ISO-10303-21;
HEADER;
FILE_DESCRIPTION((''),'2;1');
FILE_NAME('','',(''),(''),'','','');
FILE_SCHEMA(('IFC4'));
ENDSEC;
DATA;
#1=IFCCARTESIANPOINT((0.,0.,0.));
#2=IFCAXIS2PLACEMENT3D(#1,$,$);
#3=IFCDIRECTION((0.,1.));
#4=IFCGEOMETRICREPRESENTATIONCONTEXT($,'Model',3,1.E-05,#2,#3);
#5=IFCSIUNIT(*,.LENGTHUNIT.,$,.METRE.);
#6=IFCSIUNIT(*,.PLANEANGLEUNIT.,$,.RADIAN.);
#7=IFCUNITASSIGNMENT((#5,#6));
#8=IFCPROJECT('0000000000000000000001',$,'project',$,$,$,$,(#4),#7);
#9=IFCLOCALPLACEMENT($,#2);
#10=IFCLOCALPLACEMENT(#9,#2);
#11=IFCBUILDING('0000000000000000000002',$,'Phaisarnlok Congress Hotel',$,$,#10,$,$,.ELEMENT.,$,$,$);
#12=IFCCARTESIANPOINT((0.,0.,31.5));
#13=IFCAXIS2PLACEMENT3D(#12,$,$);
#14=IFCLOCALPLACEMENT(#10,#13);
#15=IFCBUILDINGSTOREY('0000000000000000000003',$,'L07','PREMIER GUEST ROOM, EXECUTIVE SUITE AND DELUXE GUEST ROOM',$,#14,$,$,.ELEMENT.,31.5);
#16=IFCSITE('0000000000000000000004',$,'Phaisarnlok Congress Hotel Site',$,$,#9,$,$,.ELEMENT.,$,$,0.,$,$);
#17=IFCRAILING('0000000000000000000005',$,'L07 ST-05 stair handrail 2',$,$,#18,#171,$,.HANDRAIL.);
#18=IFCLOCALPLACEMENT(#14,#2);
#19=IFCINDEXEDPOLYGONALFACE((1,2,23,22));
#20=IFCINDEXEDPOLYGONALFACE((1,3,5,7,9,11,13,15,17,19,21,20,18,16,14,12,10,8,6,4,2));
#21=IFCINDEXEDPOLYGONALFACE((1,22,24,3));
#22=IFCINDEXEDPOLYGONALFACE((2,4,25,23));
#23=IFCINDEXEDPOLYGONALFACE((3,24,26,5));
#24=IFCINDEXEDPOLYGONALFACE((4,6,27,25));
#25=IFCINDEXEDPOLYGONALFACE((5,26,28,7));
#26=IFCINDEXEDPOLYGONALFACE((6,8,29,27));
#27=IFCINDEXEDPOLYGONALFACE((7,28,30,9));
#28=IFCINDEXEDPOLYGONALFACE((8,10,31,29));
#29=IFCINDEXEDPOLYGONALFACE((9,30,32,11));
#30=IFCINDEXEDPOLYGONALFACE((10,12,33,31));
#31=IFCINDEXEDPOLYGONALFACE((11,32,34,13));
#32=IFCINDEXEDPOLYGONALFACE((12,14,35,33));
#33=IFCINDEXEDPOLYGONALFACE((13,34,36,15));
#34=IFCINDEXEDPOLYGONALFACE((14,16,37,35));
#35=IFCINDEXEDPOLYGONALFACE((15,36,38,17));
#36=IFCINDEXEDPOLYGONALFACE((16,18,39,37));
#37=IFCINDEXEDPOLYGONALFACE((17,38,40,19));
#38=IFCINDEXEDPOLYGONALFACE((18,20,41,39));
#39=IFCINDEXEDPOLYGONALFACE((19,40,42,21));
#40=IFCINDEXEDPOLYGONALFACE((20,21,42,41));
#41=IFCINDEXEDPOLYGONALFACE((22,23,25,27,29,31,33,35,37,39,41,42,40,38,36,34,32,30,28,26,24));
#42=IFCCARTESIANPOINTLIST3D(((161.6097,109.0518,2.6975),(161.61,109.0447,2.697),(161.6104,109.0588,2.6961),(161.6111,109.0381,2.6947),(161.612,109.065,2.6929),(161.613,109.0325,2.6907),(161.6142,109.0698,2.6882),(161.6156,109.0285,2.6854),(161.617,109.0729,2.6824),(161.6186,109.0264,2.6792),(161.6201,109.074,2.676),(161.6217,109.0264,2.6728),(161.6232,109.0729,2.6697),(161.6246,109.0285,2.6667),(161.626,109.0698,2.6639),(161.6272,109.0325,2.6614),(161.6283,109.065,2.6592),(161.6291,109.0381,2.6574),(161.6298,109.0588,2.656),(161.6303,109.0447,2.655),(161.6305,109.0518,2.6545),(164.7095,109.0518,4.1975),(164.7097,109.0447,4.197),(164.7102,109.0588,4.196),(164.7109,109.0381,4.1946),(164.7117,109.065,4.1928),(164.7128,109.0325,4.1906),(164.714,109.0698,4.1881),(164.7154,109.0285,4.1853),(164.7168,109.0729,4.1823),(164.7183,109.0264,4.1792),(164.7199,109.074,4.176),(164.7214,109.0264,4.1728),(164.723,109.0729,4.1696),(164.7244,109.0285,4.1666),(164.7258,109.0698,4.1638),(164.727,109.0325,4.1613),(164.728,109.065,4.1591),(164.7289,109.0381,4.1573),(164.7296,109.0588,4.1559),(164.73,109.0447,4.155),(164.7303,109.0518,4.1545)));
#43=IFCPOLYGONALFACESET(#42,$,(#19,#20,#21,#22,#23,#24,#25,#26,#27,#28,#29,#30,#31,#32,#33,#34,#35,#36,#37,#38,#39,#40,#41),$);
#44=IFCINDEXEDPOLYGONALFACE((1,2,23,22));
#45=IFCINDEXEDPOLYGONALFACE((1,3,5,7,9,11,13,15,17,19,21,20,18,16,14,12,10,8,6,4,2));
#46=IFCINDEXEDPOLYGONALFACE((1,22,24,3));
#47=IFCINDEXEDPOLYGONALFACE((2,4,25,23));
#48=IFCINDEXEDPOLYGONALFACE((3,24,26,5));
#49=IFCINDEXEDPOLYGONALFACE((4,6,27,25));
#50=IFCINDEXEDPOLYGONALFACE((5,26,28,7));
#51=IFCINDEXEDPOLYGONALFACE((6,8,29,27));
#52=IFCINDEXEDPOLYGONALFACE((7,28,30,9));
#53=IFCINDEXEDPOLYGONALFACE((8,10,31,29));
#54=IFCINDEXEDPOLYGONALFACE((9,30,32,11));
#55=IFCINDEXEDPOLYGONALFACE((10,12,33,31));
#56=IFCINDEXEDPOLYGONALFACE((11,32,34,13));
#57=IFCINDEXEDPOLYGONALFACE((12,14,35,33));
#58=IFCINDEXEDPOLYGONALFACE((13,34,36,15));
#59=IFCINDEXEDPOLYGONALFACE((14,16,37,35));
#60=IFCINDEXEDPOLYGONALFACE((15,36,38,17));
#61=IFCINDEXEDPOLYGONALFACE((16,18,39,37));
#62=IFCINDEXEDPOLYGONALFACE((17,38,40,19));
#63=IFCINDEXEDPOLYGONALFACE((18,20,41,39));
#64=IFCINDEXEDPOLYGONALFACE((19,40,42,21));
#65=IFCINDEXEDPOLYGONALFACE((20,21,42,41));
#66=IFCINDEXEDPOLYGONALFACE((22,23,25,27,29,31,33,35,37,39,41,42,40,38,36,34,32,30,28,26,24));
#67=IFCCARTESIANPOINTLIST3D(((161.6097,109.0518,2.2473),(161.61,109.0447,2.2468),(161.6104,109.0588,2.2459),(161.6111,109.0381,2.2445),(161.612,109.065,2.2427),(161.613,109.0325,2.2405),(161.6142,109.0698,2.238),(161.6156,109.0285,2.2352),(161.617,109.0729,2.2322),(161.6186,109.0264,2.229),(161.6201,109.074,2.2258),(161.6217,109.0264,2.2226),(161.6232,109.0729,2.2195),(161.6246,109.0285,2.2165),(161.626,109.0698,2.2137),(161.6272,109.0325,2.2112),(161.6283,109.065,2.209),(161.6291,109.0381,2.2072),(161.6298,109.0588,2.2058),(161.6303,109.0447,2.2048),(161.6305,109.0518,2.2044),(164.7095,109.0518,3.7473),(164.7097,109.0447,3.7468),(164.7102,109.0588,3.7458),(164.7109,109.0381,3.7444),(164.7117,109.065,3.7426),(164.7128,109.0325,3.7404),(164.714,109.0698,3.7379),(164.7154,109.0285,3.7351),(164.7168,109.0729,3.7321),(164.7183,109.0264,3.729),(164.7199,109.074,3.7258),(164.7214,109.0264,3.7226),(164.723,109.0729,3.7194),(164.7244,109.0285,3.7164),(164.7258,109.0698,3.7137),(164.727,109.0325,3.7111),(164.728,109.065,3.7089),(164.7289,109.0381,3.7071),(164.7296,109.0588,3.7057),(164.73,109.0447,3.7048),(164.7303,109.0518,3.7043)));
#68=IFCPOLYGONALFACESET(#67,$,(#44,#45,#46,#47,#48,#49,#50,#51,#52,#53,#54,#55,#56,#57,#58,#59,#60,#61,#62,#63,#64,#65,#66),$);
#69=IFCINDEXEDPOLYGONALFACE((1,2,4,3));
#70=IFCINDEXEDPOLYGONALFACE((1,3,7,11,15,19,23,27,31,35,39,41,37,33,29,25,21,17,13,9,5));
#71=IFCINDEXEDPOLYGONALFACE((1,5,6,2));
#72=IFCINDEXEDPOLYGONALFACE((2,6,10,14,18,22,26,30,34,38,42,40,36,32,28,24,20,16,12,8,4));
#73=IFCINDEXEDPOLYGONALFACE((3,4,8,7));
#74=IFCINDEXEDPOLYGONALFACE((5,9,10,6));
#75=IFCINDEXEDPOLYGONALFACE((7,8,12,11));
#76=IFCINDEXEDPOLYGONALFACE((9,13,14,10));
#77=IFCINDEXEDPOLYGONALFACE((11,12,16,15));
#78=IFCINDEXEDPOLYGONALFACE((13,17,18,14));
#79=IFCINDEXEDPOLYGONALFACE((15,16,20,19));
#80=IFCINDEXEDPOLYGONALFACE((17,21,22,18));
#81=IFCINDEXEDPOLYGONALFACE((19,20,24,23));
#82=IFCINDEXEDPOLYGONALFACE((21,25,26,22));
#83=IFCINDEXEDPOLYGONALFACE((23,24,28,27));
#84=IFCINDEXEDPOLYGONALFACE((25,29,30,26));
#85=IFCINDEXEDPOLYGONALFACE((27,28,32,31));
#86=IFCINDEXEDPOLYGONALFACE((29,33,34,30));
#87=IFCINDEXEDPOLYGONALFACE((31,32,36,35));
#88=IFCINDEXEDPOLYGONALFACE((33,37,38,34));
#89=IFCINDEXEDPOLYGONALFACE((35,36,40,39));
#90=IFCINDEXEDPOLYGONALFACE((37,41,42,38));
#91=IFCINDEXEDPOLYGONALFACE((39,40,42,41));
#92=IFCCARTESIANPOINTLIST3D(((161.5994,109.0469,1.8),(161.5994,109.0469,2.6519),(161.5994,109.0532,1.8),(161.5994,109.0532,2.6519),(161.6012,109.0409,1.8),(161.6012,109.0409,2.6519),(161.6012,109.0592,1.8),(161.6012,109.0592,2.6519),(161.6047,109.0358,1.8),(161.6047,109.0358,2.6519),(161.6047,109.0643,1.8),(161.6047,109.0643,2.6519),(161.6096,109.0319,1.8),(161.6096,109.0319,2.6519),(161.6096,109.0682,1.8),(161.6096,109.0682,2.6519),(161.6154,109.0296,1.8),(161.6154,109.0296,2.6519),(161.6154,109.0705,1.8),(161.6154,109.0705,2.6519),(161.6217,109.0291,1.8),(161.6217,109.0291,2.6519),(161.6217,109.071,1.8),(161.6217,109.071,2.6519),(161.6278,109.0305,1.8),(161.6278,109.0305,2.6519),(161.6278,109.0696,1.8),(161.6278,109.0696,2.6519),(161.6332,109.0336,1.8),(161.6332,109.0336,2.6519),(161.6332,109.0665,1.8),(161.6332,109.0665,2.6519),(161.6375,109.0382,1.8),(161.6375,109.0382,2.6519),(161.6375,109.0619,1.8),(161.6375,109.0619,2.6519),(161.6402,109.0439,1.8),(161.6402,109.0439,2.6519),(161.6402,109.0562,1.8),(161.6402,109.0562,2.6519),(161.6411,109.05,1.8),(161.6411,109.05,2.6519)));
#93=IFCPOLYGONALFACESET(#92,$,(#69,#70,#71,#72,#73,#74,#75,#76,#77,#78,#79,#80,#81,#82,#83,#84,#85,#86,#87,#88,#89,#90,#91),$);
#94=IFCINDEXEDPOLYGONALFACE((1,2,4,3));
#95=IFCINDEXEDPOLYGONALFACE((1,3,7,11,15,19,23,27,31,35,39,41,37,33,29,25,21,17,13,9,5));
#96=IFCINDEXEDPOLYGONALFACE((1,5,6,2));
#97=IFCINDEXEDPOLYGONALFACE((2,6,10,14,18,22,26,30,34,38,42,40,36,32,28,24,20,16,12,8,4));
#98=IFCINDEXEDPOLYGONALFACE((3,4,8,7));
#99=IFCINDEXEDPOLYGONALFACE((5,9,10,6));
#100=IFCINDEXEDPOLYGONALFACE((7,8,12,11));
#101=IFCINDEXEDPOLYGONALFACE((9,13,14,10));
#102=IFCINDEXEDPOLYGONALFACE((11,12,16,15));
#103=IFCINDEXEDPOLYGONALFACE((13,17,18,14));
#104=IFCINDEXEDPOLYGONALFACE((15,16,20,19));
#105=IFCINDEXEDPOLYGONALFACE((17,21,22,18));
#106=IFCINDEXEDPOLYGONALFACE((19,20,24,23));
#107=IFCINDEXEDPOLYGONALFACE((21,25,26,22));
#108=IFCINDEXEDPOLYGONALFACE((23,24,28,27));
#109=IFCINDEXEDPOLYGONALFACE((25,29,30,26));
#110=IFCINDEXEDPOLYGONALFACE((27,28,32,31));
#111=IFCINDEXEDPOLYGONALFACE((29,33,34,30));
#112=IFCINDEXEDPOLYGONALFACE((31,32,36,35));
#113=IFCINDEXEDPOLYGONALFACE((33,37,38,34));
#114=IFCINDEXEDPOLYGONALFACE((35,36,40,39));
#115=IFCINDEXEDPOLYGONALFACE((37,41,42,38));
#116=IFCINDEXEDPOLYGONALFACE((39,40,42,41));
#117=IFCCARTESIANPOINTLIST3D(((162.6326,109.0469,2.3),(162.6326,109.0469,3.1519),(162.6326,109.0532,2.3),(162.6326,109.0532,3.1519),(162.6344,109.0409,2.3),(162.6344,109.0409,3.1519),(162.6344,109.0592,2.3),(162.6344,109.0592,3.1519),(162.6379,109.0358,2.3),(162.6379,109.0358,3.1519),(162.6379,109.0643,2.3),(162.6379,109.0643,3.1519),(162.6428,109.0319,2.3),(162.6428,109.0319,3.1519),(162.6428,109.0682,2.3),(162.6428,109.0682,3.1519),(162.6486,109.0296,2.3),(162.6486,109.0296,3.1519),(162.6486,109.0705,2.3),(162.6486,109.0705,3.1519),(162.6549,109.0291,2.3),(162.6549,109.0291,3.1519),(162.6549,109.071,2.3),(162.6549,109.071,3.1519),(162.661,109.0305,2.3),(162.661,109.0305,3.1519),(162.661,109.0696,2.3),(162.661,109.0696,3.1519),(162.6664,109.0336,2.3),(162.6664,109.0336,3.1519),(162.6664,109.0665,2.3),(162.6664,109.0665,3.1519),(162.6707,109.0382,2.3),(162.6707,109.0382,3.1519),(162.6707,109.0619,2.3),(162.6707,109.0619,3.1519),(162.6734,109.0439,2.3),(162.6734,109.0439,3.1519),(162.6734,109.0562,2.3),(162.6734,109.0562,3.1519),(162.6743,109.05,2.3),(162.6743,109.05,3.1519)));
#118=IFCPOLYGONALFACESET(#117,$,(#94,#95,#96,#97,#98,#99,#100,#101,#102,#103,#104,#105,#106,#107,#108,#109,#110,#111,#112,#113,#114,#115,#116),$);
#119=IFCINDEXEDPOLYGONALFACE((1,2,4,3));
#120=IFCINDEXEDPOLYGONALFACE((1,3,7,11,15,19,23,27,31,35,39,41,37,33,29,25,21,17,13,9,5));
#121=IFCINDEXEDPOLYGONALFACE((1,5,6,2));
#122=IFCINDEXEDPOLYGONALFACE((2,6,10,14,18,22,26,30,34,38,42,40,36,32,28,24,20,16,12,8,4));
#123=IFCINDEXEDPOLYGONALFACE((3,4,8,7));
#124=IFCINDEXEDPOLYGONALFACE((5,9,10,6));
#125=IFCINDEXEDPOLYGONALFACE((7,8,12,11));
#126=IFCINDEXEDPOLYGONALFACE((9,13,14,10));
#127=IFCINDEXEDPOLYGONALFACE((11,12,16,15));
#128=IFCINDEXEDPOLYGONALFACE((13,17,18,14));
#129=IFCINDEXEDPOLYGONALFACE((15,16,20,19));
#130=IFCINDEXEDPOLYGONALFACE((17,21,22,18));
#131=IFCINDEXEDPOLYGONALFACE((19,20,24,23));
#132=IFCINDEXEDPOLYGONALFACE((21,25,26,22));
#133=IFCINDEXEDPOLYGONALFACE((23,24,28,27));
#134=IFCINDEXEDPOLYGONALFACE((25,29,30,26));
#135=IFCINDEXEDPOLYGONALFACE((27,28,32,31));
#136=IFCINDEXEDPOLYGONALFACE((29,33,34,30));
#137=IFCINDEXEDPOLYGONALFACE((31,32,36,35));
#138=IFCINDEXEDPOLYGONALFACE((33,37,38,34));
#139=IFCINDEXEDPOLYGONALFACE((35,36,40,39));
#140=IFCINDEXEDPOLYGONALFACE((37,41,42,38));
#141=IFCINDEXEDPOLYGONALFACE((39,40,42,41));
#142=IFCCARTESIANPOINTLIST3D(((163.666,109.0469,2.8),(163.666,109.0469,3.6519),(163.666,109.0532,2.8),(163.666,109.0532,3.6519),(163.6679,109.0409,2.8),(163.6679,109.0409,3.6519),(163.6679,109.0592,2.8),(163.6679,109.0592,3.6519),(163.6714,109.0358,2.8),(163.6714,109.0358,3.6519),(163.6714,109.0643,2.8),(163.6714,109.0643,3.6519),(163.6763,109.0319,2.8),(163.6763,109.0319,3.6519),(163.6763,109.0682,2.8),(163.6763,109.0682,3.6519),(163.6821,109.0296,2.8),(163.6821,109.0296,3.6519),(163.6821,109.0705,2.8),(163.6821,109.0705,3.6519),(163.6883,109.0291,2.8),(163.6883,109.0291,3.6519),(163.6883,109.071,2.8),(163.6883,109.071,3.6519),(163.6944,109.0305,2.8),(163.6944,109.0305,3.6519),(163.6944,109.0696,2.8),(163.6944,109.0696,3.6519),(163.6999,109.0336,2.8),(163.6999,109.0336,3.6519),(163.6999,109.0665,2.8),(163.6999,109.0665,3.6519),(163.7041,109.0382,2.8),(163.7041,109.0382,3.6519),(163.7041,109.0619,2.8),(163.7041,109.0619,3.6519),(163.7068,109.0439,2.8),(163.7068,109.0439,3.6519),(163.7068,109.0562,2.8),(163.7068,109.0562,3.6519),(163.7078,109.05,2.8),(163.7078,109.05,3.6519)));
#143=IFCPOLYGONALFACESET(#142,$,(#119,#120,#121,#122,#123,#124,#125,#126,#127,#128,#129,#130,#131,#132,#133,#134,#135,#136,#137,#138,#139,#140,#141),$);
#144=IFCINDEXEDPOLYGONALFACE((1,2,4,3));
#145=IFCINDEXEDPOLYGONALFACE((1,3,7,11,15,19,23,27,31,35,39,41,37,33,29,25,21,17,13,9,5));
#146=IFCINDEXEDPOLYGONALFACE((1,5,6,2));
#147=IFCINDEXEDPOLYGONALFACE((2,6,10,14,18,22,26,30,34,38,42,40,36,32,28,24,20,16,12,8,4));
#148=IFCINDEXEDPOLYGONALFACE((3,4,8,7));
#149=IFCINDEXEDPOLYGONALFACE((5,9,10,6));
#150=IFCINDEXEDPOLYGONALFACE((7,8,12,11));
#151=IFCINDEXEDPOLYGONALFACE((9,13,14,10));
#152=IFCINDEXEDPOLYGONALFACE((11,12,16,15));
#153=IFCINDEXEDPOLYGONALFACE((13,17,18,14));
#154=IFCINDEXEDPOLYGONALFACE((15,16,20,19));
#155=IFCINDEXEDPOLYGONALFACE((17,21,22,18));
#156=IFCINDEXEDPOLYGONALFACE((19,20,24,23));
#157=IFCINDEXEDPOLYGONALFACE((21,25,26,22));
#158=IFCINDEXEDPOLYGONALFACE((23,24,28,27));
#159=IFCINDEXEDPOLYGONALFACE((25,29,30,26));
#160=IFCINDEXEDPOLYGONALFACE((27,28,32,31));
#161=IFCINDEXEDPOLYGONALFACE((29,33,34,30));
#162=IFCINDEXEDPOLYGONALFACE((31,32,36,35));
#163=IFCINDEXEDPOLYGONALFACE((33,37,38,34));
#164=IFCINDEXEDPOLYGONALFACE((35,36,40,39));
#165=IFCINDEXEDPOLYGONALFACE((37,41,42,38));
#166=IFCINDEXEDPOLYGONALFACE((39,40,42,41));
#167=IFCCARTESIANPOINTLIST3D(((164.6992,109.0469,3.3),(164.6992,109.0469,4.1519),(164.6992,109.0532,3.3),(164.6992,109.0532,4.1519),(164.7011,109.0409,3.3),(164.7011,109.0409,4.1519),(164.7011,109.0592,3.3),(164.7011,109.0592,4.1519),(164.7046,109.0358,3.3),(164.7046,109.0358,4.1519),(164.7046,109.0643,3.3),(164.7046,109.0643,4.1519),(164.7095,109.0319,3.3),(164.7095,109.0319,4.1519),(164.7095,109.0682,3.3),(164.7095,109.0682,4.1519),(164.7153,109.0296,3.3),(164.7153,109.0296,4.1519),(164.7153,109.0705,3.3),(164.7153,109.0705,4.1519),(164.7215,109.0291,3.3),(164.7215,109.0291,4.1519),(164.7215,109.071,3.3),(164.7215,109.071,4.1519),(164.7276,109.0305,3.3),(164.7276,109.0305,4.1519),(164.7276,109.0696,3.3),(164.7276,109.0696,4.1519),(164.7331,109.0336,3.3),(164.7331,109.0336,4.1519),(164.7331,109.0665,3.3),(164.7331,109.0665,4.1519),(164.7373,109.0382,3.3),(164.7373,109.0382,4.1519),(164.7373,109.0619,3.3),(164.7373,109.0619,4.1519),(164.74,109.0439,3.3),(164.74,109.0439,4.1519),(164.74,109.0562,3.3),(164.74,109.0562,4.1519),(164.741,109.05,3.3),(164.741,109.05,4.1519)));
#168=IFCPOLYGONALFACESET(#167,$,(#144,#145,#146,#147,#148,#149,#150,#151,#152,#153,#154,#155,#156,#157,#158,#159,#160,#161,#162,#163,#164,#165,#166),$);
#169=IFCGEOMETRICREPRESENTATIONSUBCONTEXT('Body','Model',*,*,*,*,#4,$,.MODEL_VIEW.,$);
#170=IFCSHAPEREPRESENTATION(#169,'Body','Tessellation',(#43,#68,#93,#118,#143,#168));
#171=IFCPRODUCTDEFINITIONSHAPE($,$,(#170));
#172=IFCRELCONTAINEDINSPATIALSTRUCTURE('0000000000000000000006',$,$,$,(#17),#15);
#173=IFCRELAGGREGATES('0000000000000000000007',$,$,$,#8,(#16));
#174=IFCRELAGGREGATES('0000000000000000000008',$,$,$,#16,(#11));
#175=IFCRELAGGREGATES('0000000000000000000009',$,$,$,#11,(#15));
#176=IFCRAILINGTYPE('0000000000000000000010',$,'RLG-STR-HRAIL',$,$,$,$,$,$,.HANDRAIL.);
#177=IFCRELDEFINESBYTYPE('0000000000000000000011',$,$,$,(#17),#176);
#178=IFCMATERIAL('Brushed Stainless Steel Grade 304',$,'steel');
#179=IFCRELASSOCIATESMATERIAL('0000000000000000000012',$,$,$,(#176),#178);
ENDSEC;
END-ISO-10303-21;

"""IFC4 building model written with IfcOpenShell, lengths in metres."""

from ifc_helpers import new_model, si_unit, direction, frame, origin, origin_2d, place, context, subcontext, project, spatial, circle, extrude, material, type_object, element, save


model = new_model("IFC4")

# Units and contexts
model_context = context("Model", 3, precision=1e-05, world=origin(), true_north=direction((0.0, 1.0)))
body_context = subcontext(model_context, "Body", "Model", "MODEL_VIEW")
ifc_project = project(units=[si_unit("LENGTHUNIT", "METRE"), si_unit("PLANEANGLEUNIT", "RADIAN")], contexts=[model_context])

# Site, building, storey
site_placement = place(None, origin())
site = spatial("IfcSite", under=ifc_project, at=site_placement, Name="Phaisarnlok Congress Hotel Site", CompositionType="ELEMENT", RefElevation=0.0)
building_placement = place(site_placement, origin())
building = spatial("IfcBuilding", under=site, at=building_placement, Name="Phaisarnlok Congress Hotel", CompositionType="ELEMENT")
storey_placement = place(building_placement, frame((0.0, 0.0, 31.5)))
storey = spatial("IfcBuildingStorey", under=building, at=storey_placement, Name="L07", Description="PREMIER GUEST ROOM, EXECUTIVE SUITE AND DELUXE GUEST ROOM", CompositionType="ELEMENT", Elevation=31.5)

# Railing
ifc_material_1 = material(Name="Brushed Stainless Steel Grade 304", Category="steel")
railing_type_1 = type_object("IfcRailingType", Name="RLG-STR-HRAIL", PredefinedType="HANDRAIL", material=ifc_material_1)
railing_1_placement = place(storey_placement, frame((161.6201, 109.05, 1.8)))
element("IfcRailing", 1, at=railing_1_placement, inside=storey, type_object=railing_type_1, Name="L07 ST-05 stair handrail 2", PredefinedType="HANDRAIL", context=body_context, shape_type="SweptSolid", body=[
    extrude(circle(Radius=0.0239, at=origin_2d()), frame((0.0, 0.0, 0.876), z_axis=(0.900151, 0.0, 0.435578), x_axis=(0.0, 1.0, 0.0)), (0.0, 0.0, 1.0), 3.4436),
    extrude(circle(Radius=0.0239, at=origin_2d()), frame((0.0, 0.0, 0.4258), z_axis=(0.900151, 0.0, 0.435578), x_axis=(0.0, 1.0, 0.0)), (0.0, 0.0, 1.0), 3.4436),
    extrude(circle(Radius=0.021, at=origin_2d()), origin(), (0.0, 0.0, 1.0), 0.8518),
    extrude(circle(Radius=0.021, at=origin_2d()), frame((1.0332, 0.0, 0.5)), (0.0, 0.0, 1.0), 0.8518),
    extrude(circle(Radius=0.021, at=origin_2d()), frame((2.0667, 0.0, 1.0)), (0.0, 0.0, 1.0), 0.8518),
    extrude(circle(Radius=0.021, at=origin_2d()), frame((3.0999, 0.0, 1.5)), (0.0, 0.0, 1.0), 0.8518),
])

save(model, "model.ifc")
